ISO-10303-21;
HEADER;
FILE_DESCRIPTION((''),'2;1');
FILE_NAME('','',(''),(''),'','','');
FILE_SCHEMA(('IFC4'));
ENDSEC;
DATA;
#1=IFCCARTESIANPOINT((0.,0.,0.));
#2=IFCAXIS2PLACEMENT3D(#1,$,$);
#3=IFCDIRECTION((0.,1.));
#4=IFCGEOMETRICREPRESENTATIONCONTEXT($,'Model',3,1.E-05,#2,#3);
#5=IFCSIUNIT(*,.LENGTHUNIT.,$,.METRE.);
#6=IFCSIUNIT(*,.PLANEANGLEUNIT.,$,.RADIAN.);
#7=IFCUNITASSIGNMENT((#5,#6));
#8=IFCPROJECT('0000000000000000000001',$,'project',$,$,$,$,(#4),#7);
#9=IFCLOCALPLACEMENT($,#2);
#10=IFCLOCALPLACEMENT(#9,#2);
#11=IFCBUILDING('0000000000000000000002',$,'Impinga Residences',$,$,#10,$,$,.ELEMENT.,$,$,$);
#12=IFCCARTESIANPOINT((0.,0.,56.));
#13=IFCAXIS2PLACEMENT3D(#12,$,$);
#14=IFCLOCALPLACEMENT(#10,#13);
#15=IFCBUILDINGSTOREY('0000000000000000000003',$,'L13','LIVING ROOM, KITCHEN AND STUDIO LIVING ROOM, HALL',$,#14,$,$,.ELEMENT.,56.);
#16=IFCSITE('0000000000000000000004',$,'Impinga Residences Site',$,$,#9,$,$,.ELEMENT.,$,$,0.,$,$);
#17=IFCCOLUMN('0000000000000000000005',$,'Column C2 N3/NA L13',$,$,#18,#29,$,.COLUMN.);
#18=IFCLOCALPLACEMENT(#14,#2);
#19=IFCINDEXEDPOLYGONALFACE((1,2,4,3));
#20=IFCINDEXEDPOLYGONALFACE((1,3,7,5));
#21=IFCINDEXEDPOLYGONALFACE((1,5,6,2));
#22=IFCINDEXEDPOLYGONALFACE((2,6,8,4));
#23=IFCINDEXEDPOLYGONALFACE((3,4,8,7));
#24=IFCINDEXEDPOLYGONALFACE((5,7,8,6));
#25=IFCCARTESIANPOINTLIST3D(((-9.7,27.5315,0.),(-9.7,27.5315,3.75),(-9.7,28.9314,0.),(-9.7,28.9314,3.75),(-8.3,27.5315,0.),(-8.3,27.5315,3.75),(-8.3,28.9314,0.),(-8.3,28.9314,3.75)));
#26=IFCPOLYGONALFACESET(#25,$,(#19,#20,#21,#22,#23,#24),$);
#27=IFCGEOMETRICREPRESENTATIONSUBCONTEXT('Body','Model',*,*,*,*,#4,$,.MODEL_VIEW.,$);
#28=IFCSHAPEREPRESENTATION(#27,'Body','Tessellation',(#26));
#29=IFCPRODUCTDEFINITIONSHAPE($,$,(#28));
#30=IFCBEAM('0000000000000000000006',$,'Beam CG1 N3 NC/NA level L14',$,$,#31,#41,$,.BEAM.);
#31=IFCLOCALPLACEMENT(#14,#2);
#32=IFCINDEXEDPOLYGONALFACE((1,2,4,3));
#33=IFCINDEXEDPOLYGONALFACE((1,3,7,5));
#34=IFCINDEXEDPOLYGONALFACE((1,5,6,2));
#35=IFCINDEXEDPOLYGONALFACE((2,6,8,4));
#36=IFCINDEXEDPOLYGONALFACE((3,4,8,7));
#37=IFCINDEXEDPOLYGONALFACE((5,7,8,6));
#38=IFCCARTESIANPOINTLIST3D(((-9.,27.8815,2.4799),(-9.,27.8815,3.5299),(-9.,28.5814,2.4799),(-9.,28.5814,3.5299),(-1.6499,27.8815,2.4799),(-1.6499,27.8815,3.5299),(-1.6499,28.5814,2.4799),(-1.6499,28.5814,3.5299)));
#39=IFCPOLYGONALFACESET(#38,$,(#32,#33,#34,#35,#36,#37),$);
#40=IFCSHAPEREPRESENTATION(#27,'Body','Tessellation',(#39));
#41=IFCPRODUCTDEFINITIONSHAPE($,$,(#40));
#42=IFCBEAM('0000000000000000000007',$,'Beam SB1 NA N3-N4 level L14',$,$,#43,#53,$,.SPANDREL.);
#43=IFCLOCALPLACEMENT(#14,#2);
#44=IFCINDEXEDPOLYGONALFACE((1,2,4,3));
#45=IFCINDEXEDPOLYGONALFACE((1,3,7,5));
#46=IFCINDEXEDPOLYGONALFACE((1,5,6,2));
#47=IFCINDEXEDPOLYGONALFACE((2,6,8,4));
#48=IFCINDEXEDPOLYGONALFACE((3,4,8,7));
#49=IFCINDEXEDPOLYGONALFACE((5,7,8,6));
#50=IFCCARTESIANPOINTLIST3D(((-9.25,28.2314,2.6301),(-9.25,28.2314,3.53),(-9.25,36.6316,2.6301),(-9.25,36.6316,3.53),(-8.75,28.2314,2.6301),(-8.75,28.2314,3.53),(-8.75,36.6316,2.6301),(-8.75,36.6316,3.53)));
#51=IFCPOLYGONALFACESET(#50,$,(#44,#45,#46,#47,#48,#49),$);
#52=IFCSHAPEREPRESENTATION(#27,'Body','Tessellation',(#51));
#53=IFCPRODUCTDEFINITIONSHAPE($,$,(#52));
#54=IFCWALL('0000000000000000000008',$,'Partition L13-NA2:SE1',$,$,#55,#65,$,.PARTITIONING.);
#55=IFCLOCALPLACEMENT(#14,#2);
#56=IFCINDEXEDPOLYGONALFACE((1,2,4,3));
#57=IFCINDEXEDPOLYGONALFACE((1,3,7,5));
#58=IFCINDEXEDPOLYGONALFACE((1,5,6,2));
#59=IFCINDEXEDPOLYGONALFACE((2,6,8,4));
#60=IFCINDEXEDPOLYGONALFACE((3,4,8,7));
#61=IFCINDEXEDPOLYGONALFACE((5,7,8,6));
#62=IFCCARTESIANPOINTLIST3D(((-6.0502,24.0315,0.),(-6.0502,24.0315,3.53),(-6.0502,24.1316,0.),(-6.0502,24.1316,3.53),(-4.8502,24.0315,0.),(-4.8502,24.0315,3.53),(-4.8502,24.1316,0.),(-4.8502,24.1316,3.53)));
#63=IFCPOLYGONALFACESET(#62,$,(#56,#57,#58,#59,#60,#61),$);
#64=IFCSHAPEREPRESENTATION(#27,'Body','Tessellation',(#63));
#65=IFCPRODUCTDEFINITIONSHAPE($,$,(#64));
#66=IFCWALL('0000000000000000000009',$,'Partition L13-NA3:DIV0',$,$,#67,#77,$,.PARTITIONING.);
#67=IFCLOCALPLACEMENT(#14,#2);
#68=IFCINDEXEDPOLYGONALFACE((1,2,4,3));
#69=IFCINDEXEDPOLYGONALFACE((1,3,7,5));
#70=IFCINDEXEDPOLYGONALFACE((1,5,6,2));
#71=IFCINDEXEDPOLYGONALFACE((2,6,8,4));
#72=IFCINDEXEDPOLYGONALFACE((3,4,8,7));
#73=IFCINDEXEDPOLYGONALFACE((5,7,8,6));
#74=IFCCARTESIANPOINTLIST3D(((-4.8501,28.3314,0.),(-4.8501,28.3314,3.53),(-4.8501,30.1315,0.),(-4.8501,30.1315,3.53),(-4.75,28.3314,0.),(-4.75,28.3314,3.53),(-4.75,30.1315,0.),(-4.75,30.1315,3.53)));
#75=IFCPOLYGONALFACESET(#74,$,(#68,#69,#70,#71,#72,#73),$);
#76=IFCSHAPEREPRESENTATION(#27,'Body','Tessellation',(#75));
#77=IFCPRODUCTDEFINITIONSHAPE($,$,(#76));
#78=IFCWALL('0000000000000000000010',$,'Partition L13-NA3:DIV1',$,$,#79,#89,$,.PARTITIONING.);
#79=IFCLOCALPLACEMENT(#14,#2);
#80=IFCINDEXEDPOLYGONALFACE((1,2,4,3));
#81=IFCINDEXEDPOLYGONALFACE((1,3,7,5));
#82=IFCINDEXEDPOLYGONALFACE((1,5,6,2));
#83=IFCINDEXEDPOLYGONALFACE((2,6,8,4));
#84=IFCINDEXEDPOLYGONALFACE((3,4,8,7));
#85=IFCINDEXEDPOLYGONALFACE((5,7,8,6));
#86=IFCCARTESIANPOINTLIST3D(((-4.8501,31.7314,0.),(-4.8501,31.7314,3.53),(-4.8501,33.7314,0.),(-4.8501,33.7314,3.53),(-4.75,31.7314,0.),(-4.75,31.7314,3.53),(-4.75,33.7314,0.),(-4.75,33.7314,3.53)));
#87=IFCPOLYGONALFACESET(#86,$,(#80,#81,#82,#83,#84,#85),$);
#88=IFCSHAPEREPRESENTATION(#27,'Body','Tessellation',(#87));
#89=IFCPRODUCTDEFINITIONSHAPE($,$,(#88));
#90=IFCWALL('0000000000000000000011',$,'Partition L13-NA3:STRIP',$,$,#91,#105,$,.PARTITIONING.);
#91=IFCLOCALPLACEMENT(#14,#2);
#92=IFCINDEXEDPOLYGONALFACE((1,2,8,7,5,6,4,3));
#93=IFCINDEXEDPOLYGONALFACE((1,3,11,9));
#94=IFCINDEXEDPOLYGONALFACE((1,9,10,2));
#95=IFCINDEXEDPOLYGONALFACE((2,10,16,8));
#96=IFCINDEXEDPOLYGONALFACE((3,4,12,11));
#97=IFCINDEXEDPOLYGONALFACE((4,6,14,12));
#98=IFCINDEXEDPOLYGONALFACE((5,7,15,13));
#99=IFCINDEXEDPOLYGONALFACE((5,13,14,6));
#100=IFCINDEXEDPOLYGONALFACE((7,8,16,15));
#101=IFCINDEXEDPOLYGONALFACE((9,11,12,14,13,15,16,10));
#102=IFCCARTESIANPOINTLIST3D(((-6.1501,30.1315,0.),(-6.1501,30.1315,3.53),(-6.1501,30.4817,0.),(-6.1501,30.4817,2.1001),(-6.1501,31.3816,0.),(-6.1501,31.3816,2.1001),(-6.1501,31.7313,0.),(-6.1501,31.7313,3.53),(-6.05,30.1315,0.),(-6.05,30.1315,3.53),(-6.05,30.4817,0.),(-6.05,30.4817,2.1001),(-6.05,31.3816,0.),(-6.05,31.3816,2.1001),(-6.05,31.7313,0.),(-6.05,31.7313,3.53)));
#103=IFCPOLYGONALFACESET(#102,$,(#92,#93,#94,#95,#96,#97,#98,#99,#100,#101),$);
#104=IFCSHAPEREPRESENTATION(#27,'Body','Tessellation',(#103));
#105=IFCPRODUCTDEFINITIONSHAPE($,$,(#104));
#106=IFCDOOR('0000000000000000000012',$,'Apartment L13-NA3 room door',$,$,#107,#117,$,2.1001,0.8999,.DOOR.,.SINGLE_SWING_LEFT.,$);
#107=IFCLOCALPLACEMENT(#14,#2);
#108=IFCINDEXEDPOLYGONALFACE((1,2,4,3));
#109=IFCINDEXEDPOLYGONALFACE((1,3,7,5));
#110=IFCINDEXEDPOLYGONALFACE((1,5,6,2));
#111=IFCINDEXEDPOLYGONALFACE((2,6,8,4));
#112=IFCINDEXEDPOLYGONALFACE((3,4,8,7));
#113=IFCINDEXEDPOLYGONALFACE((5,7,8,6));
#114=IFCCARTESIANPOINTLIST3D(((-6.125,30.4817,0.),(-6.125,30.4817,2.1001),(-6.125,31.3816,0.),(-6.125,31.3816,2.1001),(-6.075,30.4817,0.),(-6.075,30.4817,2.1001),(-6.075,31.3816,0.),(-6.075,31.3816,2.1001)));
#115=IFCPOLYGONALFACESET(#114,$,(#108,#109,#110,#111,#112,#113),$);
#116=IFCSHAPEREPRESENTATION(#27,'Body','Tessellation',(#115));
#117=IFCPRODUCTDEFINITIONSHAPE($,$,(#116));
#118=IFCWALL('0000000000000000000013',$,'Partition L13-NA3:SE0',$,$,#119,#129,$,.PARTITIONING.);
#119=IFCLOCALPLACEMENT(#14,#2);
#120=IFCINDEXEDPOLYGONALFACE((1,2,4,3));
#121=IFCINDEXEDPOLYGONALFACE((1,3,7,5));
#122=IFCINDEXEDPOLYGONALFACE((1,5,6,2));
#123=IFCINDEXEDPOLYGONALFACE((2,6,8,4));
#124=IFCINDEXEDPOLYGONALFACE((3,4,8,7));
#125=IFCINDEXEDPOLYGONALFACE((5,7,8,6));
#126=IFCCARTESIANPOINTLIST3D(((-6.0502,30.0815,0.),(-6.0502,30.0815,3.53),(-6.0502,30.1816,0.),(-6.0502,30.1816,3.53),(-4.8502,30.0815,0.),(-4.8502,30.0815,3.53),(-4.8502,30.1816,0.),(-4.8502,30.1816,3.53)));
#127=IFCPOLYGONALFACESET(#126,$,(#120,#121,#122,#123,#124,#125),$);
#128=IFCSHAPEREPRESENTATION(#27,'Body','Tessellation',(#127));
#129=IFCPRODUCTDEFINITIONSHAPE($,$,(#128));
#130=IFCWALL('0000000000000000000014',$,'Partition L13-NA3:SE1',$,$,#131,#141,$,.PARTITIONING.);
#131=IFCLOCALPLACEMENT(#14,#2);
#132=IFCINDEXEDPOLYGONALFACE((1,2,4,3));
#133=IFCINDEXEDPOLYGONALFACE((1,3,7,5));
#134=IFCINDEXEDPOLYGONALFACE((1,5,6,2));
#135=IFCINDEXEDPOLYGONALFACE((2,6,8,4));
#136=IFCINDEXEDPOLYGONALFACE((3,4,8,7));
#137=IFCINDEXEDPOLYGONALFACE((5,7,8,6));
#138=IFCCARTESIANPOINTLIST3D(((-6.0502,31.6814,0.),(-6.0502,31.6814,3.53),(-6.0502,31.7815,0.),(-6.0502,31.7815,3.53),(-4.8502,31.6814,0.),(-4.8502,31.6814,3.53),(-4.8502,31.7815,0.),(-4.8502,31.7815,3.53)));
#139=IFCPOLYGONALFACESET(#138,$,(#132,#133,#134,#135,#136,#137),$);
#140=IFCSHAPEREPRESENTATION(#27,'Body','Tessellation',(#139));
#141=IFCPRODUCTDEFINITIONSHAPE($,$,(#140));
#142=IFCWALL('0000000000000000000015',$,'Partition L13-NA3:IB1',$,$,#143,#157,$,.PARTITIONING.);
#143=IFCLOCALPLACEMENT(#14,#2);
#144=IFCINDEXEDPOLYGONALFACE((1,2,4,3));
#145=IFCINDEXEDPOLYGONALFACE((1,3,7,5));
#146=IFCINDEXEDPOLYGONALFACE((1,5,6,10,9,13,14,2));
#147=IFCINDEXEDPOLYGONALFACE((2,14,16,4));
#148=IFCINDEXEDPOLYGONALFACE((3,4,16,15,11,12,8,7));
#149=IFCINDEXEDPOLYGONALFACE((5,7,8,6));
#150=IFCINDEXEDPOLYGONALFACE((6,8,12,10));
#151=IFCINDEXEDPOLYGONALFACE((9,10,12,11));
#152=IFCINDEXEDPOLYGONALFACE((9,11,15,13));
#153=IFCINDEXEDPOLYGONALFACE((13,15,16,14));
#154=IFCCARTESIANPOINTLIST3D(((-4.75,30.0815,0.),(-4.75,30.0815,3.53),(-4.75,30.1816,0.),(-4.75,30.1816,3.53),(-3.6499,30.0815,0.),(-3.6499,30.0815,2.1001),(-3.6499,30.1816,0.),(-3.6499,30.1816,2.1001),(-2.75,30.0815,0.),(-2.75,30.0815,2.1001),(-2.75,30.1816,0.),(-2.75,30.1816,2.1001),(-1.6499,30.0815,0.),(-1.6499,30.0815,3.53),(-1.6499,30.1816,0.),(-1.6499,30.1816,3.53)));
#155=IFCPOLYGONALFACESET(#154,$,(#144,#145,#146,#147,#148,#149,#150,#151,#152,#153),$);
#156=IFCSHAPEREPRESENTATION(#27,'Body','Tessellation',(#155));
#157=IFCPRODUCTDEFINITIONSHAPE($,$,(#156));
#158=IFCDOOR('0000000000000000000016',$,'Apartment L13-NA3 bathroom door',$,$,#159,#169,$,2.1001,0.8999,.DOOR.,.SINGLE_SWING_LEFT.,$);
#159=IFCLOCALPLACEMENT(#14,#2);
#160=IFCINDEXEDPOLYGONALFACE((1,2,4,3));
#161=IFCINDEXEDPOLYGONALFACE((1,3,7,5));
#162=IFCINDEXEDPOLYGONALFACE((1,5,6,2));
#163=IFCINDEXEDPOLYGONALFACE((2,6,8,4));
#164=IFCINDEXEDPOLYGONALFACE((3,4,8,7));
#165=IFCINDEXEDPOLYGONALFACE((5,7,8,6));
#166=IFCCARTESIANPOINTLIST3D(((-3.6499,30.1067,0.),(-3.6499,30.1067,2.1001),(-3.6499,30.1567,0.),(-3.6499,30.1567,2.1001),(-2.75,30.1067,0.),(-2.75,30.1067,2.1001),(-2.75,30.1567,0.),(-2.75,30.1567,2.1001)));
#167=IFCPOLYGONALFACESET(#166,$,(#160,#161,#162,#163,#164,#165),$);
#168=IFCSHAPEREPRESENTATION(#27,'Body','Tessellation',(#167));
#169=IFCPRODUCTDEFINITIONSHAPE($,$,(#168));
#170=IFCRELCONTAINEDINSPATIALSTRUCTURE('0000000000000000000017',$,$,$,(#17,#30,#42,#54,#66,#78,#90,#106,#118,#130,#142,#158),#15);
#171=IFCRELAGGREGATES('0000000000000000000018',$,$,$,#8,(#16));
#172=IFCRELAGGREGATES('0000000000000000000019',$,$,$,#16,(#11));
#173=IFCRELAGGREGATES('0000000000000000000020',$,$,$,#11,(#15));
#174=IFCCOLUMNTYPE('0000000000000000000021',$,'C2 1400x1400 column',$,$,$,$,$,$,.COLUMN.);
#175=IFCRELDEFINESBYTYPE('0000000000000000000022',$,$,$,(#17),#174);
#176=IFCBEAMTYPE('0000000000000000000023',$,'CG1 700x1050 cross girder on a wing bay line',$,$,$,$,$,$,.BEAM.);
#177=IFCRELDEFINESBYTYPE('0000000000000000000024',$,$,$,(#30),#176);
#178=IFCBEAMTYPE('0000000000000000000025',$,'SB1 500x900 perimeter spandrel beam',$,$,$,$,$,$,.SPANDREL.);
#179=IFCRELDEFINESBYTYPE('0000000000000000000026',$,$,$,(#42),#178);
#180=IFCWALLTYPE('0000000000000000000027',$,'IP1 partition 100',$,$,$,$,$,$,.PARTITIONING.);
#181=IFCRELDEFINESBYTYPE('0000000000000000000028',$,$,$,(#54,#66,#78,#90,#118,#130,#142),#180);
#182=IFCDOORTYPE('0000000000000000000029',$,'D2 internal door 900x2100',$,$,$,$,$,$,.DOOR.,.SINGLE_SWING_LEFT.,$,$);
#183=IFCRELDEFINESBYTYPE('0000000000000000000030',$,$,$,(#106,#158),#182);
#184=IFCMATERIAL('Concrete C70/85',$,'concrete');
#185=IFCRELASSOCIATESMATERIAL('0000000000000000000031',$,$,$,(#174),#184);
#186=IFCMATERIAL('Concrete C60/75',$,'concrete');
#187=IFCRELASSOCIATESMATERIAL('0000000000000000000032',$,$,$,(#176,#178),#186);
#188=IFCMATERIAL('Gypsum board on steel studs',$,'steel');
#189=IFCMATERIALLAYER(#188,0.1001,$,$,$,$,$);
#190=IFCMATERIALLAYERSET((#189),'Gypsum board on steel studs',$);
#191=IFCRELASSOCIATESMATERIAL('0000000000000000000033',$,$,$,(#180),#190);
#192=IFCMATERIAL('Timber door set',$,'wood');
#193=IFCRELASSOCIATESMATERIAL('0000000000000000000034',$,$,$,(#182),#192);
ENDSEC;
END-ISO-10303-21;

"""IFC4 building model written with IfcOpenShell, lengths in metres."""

from ifc_helpers import new_model, si_unit, direction, frame, frame_2d, origin, origin_2d, place, context, subcontext, project, spatial, rectangle, extrude, material, layer, layer_set, material_profile, profile_set, type_object, element, fill, save


model = new_model("IFC4")

# Units and contexts
model_context = context("Model", 3, precision=1e-05, world=origin(), true_north=direction((0.0, 1.0)))
body_context = subcontext(model_context, "Body", "Model", "MODEL_VIEW")
ifc_project = project(units=[si_unit("LENGTHUNIT", "METRE"), si_unit("PLANEANGLEUNIT", "RADIAN")], contexts=[model_context])

# Site, building, storey
site_placement = place(None, origin())
site = spatial("IfcSite", under=ifc_project, at=site_placement, Name="Impinga Residences Site", CompositionType="ELEMENT", RefElevation=0.0)
building_placement = place(site_placement, origin())
building = spatial("IfcBuilding", under=site, at=building_placement, Name="Impinga Residences", CompositionType="ELEMENT")
storey_placement = place(building_placement, frame((0.0, 0.0, 56.0)))
storey = spatial("IfcBuildingStorey", under=building, at=storey_placement, Name="L13", Description="LIVING ROOM, KITCHEN AND STUDIO LIVING ROOM, HALL", CompositionType="ELEMENT", Elevation=56.0)

# Column
ifc_material_1 = material(Name="Concrete C70/85", Category="concrete")
ifc_material_profile_1 = material_profile(ifc_material_1, rectangle(XDim=1.3999, YDim=1.3999, at=origin_2d()), Name="RC 1400x1400")
ifc_profile_set_1 = profile_set([ifc_material_profile_1], Name="Concrete C70/85")
column_type = type_object("IfcColumnType", Name="C2 1400x1400 column", PredefinedType="COLUMN", material=ifc_profile_set_1)
column_placement = place(storey_placement, frame((-9.0, 28.2314, 0.0), z_axis=(0.0, 0.0, 1.0), x_axis=(1.0, 0.0, 0.0)))
element("IfcColumn", 1, at=column_placement, inside=storey, type_object=column_type, Name="Column C2 N3/NA L13", PredefinedType="COLUMN", context=body_context, shape_type="SweptSolid", body=[
    extrude(rectangle(XDim=1.3999, YDim=1.3999, at=origin_2d()), origin(), (0.0, 0.0, 1.0), 3.75),
])

# Beams
ifc_material_2 = material(Name="Concrete C60/75", Category="concrete")
ifc_material_profile_2 = material_profile(ifc_material_2, rectangle(XDim=0.7, YDim=1.05, at=origin_2d()), Name="RC 700x1050")
ifc_profile_set_2 = profile_set([ifc_material_profile_2], Name="Concrete C60/75")
beam_type_1 = type_object("IfcBeamType", Name="CG1 700x1050 cross girder on a wing bay line", PredefinedType="BEAM", material=ifc_profile_set_2)
beam_1_placement = place(storey_placement, frame((-1.6499, 28.2314, 3.0049), z_axis=(-1.0, 0.0, 0.0), x_axis=(0.0, -1.0, 0.0)))
element("IfcBeam", 2, at=beam_1_placement, inside=storey, type_object=beam_type_1, Name="Beam CG1 N3 NC/NA level L14", PredefinedType="BEAM", context=body_context, shape_type="SweptSolid", body=[
    extrude(rectangle(XDim=0.7, YDim=1.05, at=origin_2d()), origin(), (0.0, 0.0, 1.0), 7.3501),
])
ifc_material_profile_3 = material_profile(ifc_material_2, rectangle(XDim=0.5, YDim=0.8999, at=origin_2d()), Name="RC 500x900")
ifc_profile_set_3 = profile_set([ifc_material_profile_3], Name="Concrete C60/75")
beam_type_2 = type_object("IfcBeamType", Name="SB1 500x900 perimeter spandrel beam", PredefinedType="SPANDREL", material=ifc_profile_set_3)
beam_2_placement = place(storey_placement, frame((-9.0, 28.2314, 3.0801), z_axis=(0.0, 1.0, 0.0), x_axis=(-1.0, 0.0, 0.0)))
element("IfcBeam", 3, at=beam_2_placement, inside=storey, type_object=beam_type_2, Name="Beam SB1 NA N3-N4 level L14", PredefinedType="SPANDREL", context=body_context, shape_type="SweptSolid", body=[
    extrude(rectangle(XDim=0.5, YDim=0.8999, at=origin_2d()), origin(), (0.0, 0.0, 1.0), 8.4001),
])

# Walls
ifc_material_3 = material(Name="Gypsum board on steel studs", Category="steel")
ifc_layer_1 = layer(ifc_material_3, 0.1001)
ifc_layer_set_1 = layer_set([ifc_layer_1], Name="Gypsum board on steel studs")
wall_type_1 = type_object("IfcWallType", Name="IP1 partition 100", PredefinedType="PARTITIONING", material=ifc_layer_set_1)
wall_1_placement = place(storey_placement, frame((-4.8501, 24.0815, 0.0), z_axis=(0.0, 0.0, 1.0), x_axis=(-1.0, 0.0, 0.0)))
element("IfcWall", 4, at=wall_1_placement, inside=storey, type_object=wall_type_1, Name="Partition L13-NA2:SE1", PredefinedType="PARTITIONING", context=body_context, shape_type="SweptSolid", body=[
    extrude(rectangle(XDim=1.2, YDim=0.1001, at=frame_2d((0.6001, 0.0))), origin(), (0.0, 0.0, 1.0), 3.53),
])
wall_2_placement = place(storey_placement, frame((-4.8, 28.3315, 0.0), z_axis=(0.0, 0.0, 1.0), x_axis=(0.0, 1.0, 0.0)))
element("IfcWall", 5, at=wall_2_placement, inside=storey, type_object=wall_type_1, Name="Partition L13-NA3:DIV0", PredefinedType="PARTITIONING", context=body_context, shape_type="SweptSolid", body=[
    extrude(rectangle(XDim=1.8, YDim=0.1001, at=frame_2d((0.8999, 0.0))), origin(), (0.0, 0.0, 1.0), 3.53),
])
wall_3_placement = place(storey_placement, frame((-4.8, 31.7314, 0.0), z_axis=(0.0, 0.0, 1.0), x_axis=(0.0, 1.0, 0.0)))
element("IfcWall", 6, at=wall_3_placement, inside=storey, type_object=wall_type_1, Name="Partition L13-NA3:DIV1", PredefinedType="PARTITIONING", context=body_context, shape_type="SweptSolid", body=[
    extrude(rectangle(XDim=2.0, YDim=0.1001, at=frame_2d((1.0, 0.0))), origin(), (0.0, 0.0, 1.0), 3.53),
])

# Wall, opening, door
wall_4_placement = place(storey_placement, frame((-6.1001, 30.1316, 0.0), z_axis=(0.0, 0.0, 1.0), x_axis=(0.0, 1.0, 0.0)))
wall_4 = element("IfcWall", 7, at=wall_4_placement, inside=storey, type_object=wall_type_1, Name="Partition L13-NA3:STRIP", PredefinedType="PARTITIONING", context=body_context, shape_type="SweptSolid", body=[
    extrude(rectangle(XDim=1.5999, YDim=0.1001, at=frame_2d((0.7998, 0.0))), origin(), (0.0, 0.0, 1.0), 3.53),
])
opening_1_placement = place(wall_4_placement, frame((0.3501, 0.0, 0.0)))
opening_1 = element("IfcOpeningElement", 8, at=opening_1_placement, cuts=wall_4, PredefinedType="OPENING", context=body_context, shape_type="SweptSolid", body=[
    extrude(rectangle(XDim=0.8999, YDim=2.1001, at=frame_2d((0.45, 1.05))), frame((0.0, 0.0601, 0.0), z_axis=(0.0, -1.0, 0.0), x_axis=(1.0, 0.0, 0.0)), (0.0, 0.0, 1.0), 0.1201),
])
ifc_material_4 = material(Name="Timber door set", Category="wood")
door_type = type_object("IfcDoorType", Name="D2 internal door 900x2100", OperationType="SINGLE_SWING_LEFT", PredefinedType="DOOR", material=ifc_material_4)
door_1_placement = place(opening_1_placement, origin())
door_1 = element("IfcDoor", 9, at=door_1_placement, inside=storey, type_object=door_type, Name="Apartment L13-NA3 room door", OperationType="SINGLE_SWING_LEFT", OverallHeight=2.1001, OverallWidth=0.8999, PredefinedType="DOOR", context=body_context, shape_type="SweptSolid", body=[
    extrude(rectangle(XDim=0.8999, YDim=2.1001, at=frame_2d((0.45, 1.05))), frame((0.0, 0.0249, 0.0), z_axis=(0.0, -1.0, 0.0), x_axis=(1.0, 0.0, 0.0)), (0.0, 0.0, 1.0), 0.05),
])
fill(opening_1, door_1)

# Walls
for number, where, z_axis, x_axis, name in (
    (10, (-4.8501, 30.1316, 0.0), (0.0, 0.0, 1.0), (-1.0, 0.0, 0.0), "Partition L13-NA3:SE0"),
    (11, (-4.8501, 31.7314, 0.0), (0.0, 0.0, 1.0), (-1.0, 0.0, 0.0), "Partition L13-NA3:SE1"),
):
    element("IfcWall", number, at=place(storey_placement, frame(where, z_axis=z_axis, x_axis=x_axis)), inside=storey, type_object=wall_type_1, Name=name, PredefinedType="PARTITIONING", context=body_context, shape_type="SweptSolid", body=[
        extrude(rectangle(XDim=1.2, YDim=0.1001, at=frame_2d((0.6001, 0.0))), origin(), (0.0, 0.0, 1.0), 3.53),
    ])

# Wall, opening, door
wall_5_placement = place(storey_placement, frame((-1.6499, 30.1316, 0.0), z_axis=(0.0, 0.0, 1.0), x_axis=(-1.0, 0.0, 0.0)))
wall_5 = element("IfcWall", 12, at=wall_5_placement, inside=storey, type_object=wall_type_1, Name="Partition L13-NA3:IB1", PredefinedType="PARTITIONING", context=body_context, shape_type="SweptSolid", body=[
    extrude(rectangle(XDim=3.1001, YDim=0.1001, at=frame_2d((1.55, 0.0))), origin(), (0.0, 0.0, 1.0), 3.53),
])
opening_2_placement = place(wall_5_placement, frame((1.1001, 0.0, 0.0)))
opening_2 = element("IfcOpeningElement", 13, at=opening_2_placement, cuts=wall_5, PredefinedType="OPENING", context=body_context, shape_type="SweptSolid", body=[
    extrude(rectangle(XDim=0.8999, YDim=2.1001, at=frame_2d((0.45, 1.05))), frame((0.0, 0.0601, 0.0), z_axis=(0.0, -1.0, 0.0), x_axis=(1.0, 0.0, 0.0)), (0.0, 0.0, 1.0), 0.1201),
])
door_2_placement = place(opening_2_placement, origin())
door_2 = element("IfcDoor", 14, at=door_2_placement, inside=storey, type_object=door_type, Name="Apartment L13-NA3 bathroom door", OperationType="SINGLE_SWING_LEFT", OverallHeight=2.1001, OverallWidth=0.8999, PredefinedType="DOOR", context=body_context, shape_type="SweptSolid", body=[
    extrude(rectangle(XDim=0.8999, YDim=2.1001, at=frame_2d((0.45, 1.05))), frame((0.0, 0.0249, 0.0), z_axis=(0.0, -1.0, 0.0), x_axis=(1.0, 0.0, 0.0)), (0.0, 0.0, 1.0), 0.05),
])
fill(opening_2, door_2)

save(model, "model.ifc")
